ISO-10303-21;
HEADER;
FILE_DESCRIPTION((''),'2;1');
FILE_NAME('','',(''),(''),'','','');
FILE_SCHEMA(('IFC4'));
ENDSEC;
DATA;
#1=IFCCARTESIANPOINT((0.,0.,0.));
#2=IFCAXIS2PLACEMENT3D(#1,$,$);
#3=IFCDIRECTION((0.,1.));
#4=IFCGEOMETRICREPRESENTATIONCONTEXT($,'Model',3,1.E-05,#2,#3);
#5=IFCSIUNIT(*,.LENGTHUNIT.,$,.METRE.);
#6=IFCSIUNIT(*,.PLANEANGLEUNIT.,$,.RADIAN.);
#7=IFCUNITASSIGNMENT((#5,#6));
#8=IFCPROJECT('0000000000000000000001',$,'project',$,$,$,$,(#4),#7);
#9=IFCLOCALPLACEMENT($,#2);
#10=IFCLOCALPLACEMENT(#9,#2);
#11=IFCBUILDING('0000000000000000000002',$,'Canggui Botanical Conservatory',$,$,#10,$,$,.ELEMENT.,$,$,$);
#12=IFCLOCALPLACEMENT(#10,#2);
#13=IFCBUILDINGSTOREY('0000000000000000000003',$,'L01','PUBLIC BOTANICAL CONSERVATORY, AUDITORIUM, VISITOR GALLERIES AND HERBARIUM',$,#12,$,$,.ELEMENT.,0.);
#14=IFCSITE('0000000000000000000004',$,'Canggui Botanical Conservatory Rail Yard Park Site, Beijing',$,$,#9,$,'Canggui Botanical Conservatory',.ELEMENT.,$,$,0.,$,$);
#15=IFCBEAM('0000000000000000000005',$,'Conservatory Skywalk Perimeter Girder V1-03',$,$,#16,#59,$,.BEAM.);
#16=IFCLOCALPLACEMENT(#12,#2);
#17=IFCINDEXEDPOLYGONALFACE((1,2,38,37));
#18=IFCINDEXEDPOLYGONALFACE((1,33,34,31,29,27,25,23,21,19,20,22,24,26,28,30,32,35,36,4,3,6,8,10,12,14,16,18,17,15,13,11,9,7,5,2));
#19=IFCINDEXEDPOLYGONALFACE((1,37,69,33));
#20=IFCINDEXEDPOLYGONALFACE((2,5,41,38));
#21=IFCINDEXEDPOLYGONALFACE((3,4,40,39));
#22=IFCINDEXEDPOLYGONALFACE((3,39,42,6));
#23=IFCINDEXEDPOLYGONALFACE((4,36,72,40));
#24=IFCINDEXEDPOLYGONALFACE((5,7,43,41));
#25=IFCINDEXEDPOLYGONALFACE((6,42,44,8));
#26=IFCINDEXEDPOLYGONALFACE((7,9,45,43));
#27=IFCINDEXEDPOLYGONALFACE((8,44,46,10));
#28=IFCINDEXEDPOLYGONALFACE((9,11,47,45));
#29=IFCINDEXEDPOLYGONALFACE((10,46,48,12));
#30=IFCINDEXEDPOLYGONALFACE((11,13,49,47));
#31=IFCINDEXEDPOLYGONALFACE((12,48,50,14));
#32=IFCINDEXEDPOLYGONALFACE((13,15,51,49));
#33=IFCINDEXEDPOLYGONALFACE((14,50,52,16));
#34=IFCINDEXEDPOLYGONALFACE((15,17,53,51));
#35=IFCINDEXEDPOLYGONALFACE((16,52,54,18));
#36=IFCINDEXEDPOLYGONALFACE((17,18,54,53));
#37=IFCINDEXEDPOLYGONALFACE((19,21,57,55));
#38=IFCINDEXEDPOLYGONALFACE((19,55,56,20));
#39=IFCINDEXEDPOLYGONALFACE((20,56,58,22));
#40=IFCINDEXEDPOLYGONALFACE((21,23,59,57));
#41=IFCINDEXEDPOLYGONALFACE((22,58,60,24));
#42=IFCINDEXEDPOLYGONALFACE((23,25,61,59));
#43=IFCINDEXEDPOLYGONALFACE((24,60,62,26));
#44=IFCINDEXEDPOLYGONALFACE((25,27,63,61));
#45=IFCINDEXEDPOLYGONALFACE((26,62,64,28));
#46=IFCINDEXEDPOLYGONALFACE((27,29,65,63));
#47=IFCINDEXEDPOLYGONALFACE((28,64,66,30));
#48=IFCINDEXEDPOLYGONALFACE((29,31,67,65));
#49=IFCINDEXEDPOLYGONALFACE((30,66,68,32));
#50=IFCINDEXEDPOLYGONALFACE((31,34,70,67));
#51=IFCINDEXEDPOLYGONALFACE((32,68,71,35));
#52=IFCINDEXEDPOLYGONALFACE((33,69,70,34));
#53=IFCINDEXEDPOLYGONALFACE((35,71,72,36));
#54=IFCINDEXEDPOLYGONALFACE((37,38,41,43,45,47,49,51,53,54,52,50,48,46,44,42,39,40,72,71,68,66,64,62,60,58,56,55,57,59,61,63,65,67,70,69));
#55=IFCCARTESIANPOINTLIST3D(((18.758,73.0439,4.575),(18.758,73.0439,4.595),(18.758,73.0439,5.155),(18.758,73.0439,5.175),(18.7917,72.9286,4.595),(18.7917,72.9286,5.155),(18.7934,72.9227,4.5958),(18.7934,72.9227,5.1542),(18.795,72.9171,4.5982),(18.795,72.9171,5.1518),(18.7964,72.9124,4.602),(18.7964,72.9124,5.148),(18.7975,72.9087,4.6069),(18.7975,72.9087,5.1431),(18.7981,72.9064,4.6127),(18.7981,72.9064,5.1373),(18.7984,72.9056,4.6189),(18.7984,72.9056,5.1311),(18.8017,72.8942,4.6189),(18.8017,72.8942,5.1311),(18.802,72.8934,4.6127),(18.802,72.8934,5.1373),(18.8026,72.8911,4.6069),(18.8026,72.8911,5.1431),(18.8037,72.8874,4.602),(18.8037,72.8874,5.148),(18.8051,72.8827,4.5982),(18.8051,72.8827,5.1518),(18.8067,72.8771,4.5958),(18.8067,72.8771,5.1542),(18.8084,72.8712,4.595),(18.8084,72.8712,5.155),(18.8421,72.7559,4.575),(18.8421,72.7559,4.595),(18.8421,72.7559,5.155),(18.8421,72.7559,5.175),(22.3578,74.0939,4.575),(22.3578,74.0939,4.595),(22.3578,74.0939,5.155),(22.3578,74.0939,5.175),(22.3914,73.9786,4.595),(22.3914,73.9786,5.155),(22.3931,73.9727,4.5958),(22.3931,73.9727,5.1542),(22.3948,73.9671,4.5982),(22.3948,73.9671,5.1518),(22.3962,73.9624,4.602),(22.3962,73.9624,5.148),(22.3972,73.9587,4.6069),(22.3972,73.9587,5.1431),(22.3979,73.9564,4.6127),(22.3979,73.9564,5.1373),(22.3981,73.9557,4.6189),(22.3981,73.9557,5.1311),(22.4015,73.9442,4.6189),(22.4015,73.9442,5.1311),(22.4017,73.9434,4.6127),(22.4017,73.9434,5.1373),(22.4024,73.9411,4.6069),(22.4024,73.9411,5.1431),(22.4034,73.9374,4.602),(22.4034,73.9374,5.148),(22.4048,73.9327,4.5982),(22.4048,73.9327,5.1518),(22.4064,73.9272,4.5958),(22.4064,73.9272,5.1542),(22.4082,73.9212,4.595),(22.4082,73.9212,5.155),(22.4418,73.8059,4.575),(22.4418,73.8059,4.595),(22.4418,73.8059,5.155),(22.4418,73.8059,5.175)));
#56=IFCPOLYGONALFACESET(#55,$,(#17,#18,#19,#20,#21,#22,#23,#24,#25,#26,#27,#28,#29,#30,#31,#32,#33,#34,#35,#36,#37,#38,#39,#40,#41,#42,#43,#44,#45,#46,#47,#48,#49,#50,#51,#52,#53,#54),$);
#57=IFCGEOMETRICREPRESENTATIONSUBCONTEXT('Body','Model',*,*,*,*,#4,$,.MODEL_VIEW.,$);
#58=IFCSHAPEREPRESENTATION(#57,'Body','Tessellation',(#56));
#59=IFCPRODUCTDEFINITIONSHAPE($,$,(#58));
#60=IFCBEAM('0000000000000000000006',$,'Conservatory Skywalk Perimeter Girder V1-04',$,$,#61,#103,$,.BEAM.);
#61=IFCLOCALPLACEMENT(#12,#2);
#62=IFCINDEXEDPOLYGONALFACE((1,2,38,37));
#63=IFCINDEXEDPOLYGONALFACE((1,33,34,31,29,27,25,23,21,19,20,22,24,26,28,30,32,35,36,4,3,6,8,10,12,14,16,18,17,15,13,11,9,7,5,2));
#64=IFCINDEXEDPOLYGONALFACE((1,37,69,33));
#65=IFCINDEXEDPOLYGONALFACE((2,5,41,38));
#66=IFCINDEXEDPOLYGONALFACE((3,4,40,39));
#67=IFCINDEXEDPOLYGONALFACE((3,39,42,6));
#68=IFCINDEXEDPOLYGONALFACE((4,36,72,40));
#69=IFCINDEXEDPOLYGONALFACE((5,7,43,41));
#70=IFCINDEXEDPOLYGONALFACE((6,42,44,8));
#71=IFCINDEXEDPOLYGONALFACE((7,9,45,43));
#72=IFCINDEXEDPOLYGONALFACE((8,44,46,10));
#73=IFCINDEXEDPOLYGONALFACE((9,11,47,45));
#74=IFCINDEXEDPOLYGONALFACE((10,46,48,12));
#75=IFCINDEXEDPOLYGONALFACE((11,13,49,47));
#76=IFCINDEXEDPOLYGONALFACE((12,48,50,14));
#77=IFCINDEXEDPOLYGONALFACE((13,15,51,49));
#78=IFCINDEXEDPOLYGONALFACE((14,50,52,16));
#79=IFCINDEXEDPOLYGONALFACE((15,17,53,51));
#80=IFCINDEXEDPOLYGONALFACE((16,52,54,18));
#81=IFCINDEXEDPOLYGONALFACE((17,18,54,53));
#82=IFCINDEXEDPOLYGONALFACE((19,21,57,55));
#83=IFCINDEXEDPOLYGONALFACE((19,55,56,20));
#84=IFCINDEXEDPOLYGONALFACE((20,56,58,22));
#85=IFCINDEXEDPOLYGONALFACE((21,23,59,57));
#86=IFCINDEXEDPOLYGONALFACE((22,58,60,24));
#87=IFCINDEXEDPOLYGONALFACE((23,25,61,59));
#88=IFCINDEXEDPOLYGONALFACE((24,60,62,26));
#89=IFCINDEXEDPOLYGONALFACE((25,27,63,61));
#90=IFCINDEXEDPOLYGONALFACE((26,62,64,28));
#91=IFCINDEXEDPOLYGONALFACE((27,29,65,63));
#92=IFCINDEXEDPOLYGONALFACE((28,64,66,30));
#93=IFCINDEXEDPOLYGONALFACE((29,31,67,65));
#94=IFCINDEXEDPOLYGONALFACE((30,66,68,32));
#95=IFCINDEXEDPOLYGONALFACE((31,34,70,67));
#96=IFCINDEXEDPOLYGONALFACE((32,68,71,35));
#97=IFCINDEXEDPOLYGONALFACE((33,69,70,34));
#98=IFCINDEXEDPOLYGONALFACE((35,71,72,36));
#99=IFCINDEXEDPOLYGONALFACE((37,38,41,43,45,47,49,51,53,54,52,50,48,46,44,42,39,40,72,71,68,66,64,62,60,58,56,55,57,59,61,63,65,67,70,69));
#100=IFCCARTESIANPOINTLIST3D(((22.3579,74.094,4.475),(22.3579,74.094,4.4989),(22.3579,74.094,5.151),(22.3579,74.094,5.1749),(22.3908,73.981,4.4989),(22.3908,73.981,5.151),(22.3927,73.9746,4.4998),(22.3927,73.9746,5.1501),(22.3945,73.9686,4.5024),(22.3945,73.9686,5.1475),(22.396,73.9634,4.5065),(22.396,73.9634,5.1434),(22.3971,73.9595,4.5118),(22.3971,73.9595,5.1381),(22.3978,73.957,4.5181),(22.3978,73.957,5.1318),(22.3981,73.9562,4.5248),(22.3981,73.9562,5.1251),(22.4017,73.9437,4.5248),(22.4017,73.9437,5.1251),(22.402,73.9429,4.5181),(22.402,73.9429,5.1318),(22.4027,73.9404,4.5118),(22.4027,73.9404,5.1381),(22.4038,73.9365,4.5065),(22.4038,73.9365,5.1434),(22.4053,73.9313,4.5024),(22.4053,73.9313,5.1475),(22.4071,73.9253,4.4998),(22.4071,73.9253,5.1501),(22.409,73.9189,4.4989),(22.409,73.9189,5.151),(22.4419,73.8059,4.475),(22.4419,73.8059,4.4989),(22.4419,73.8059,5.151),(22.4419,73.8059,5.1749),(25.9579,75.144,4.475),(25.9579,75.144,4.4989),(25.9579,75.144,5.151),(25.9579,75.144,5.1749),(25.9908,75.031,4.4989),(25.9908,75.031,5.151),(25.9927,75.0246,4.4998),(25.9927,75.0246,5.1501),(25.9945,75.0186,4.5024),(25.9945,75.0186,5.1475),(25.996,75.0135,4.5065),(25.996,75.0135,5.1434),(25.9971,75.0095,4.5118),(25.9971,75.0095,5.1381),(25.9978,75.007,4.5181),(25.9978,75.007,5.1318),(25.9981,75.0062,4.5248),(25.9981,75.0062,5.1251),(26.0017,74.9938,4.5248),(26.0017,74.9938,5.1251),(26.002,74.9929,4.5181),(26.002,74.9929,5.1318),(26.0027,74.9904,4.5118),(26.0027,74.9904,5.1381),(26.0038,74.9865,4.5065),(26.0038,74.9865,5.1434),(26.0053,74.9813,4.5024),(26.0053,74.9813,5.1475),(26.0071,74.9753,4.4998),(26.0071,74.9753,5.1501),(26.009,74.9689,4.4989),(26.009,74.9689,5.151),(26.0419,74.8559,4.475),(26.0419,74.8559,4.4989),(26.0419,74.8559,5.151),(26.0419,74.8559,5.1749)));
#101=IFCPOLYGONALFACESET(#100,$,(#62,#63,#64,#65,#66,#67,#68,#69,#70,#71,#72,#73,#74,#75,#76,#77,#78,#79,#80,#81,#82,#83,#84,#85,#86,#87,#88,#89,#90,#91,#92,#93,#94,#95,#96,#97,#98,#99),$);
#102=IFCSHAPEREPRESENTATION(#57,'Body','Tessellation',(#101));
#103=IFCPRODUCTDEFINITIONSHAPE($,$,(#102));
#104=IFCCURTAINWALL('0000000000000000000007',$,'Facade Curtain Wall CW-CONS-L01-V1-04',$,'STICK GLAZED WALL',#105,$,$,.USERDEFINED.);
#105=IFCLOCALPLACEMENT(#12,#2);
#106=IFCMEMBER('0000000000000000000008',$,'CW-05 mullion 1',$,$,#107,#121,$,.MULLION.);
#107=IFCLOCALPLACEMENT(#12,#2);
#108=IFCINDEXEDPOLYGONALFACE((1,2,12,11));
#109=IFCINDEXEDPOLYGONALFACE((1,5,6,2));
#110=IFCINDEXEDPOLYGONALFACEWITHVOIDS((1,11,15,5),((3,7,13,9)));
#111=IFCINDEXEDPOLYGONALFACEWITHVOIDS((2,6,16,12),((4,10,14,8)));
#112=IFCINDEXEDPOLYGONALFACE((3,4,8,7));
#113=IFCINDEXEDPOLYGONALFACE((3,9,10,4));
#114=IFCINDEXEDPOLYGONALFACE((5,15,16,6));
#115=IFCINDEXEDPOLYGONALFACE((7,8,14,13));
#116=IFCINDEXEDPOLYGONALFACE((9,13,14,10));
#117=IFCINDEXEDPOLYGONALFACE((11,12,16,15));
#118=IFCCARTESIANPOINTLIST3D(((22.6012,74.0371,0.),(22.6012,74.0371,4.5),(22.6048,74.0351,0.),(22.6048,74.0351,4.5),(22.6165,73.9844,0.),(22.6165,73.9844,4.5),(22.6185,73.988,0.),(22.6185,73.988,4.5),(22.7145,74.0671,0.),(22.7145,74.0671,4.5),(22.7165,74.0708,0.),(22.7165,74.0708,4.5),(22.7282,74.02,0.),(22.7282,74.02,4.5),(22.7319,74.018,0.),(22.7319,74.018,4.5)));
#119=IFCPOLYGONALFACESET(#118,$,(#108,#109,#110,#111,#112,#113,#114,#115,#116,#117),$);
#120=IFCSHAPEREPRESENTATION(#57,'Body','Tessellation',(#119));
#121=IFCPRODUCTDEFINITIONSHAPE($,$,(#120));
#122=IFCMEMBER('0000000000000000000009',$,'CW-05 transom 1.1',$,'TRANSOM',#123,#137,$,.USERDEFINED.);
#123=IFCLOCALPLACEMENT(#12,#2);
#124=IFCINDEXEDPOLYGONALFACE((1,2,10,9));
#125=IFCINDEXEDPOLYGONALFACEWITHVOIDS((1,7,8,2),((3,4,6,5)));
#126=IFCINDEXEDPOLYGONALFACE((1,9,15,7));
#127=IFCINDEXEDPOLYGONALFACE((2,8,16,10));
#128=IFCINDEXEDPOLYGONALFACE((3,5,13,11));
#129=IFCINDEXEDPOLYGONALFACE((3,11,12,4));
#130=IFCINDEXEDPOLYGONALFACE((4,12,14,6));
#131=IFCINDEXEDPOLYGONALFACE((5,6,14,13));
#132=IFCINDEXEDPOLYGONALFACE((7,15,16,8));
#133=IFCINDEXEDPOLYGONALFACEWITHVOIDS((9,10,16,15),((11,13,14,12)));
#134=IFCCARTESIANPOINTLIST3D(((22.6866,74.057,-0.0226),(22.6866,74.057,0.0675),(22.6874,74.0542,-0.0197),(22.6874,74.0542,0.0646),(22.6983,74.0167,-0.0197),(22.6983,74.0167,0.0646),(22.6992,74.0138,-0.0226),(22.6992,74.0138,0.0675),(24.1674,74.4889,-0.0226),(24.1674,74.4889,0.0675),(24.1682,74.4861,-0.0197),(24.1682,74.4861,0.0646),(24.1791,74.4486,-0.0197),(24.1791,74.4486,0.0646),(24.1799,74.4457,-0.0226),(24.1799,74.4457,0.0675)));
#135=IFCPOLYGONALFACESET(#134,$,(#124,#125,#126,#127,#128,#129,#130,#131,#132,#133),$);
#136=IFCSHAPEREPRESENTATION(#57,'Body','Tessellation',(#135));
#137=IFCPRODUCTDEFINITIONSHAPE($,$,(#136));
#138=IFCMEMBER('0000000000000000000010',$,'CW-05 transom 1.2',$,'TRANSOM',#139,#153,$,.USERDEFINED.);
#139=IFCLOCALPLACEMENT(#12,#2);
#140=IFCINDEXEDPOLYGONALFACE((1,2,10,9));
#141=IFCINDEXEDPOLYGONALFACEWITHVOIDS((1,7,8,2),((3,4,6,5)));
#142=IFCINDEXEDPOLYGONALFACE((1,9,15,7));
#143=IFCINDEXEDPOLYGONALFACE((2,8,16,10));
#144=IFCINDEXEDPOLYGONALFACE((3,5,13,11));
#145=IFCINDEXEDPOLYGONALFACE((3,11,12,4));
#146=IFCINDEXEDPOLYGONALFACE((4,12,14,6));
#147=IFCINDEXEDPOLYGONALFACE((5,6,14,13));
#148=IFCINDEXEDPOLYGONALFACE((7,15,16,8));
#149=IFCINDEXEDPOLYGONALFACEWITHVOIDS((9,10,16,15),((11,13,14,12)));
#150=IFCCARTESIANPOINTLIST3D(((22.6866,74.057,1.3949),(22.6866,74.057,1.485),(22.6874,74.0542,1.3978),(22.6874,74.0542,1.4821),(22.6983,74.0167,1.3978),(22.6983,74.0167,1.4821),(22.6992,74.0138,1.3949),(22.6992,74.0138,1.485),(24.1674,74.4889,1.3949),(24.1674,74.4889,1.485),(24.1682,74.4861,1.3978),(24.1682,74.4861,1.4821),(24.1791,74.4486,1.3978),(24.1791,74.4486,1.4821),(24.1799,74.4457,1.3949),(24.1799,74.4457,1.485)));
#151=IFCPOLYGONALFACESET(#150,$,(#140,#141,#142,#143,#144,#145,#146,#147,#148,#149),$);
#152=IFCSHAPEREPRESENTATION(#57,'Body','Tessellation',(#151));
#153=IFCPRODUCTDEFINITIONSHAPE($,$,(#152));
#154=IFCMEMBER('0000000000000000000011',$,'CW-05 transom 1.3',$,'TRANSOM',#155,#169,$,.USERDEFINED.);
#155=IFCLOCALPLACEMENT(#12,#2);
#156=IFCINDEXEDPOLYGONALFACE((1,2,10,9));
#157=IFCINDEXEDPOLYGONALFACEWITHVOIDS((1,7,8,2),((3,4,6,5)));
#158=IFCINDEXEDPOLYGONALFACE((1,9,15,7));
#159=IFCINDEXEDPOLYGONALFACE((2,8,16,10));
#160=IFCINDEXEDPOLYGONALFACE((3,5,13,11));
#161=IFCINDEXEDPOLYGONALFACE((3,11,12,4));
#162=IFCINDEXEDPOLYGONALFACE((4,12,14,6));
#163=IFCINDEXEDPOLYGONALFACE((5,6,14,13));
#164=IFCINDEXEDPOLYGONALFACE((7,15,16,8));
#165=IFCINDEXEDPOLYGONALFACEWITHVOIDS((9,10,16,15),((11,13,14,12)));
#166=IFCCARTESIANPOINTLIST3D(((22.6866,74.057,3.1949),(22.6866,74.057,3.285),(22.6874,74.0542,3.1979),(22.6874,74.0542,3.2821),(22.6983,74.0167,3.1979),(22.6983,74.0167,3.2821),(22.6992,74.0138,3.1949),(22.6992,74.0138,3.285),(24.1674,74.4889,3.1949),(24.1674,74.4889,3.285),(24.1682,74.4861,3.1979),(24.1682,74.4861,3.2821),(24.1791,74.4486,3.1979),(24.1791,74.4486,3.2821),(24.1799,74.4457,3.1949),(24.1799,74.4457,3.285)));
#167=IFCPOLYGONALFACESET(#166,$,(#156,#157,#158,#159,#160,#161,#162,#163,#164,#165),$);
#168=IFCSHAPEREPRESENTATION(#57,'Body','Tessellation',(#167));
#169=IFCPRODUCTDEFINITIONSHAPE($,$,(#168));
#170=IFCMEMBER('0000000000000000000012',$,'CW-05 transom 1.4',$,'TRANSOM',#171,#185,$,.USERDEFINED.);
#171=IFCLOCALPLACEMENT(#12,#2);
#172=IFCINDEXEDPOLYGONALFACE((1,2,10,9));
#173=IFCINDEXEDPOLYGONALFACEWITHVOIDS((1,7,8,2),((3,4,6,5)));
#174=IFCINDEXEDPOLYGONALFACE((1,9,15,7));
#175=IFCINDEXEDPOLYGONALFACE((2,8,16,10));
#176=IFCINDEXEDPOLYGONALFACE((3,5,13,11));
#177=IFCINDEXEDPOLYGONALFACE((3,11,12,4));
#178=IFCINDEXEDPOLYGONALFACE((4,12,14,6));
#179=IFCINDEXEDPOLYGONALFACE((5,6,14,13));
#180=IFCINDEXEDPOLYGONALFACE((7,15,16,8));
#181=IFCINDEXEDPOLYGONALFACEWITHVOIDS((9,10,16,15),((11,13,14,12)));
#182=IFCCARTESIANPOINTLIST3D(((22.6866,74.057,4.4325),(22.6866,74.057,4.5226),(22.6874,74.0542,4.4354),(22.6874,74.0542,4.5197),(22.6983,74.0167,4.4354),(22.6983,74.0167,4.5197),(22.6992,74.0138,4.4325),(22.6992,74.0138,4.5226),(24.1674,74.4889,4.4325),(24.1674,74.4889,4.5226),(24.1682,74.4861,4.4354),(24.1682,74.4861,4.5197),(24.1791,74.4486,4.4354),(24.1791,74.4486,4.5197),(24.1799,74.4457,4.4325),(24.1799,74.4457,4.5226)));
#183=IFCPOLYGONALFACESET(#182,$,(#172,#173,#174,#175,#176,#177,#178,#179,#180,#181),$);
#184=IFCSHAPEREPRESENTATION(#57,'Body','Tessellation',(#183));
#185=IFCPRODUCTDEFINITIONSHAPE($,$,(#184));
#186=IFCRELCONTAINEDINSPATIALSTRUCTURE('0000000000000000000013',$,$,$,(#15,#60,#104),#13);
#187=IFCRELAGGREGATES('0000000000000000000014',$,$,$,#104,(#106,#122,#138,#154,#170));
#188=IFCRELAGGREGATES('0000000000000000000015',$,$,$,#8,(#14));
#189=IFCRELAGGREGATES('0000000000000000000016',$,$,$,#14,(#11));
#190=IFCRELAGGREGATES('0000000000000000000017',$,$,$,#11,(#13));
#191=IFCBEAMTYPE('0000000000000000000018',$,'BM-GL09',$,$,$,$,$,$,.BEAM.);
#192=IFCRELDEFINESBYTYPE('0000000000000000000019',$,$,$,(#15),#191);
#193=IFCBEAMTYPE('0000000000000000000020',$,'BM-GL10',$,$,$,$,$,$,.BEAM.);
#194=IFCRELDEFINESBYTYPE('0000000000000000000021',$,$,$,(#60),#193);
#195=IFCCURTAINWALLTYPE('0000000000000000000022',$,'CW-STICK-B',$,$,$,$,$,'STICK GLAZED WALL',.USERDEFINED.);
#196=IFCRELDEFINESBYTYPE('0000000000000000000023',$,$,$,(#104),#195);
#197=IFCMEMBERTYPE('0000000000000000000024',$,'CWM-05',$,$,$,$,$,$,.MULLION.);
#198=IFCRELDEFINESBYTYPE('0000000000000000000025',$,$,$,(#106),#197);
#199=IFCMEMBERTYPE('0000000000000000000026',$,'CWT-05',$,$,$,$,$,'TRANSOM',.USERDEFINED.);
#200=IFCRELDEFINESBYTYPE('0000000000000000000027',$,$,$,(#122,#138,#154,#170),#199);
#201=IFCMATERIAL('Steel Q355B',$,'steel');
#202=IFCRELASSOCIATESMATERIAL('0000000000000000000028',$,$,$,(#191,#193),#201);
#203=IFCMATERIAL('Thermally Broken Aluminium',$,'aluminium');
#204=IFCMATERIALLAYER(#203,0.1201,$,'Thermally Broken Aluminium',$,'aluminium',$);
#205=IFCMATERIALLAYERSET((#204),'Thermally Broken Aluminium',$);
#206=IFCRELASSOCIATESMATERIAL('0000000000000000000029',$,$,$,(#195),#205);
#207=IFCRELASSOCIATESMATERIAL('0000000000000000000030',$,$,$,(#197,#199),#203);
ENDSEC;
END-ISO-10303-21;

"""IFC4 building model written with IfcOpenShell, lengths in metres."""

from ifc_helpers import new_model, si_unit, direction, frame, origin, origin_2d, place, context, subcontext, project, spatial, hollow_rectangle, i_section, extrude, material, layer, layer_set, material_profile, profile_set, type_object, element, aggregate, save


model = new_model("IFC4")

# Units and contexts
model_context = context("Model", 3, precision=1e-05, world=origin(), true_north=direction((0.0, 1.0)))
body_context = subcontext(model_context, "Body", "Model", "MODEL_VIEW")
ifc_project = project(units=[si_unit("LENGTHUNIT", "METRE"), si_unit("PLANEANGLEUNIT", "RADIAN")], contexts=[model_context])

# Site, building, storey
site_placement = place(None, origin())
site = spatial("IfcSite", under=ifc_project, at=site_placement, Name="Canggui Botanical Conservatory Rail Yard Park Site, Beijing", LongName="Canggui Botanical Conservatory", CompositionType="ELEMENT", RefElevation=0.0)
building_placement = place(site_placement, origin())
building = spatial("IfcBuilding", under=site, at=building_placement, Name="Canggui Botanical Conservatory", CompositionType="ELEMENT")
storey_placement = place(building_placement, origin())
storey = spatial("IfcBuildingStorey", under=building, at=storey_placement, Name="L01", Description="PUBLIC BOTANICAL CONSERVATORY, AUDITORIUM, VISITOR GALLERIES AND HERBARIUM", CompositionType="ELEMENT", Elevation=0.0)

# Beams
ifc_material_1 = material(Name="Steel Q355B", Category="steel")
ifc_material_profile_1 = material_profile(ifc_material_1, i_section(OverallWidth=0.3, OverallDepth=0.6001, WebThickness=0.012, FlangeThickness=0.02, FilletRadius=0.0239, at=origin_2d()), Name="HM 600x300x12x20")
ifc_profile_set_1 = profile_set([ifc_material_profile_1], Name="Steel Q355B")
beam_type_1 = type_object("IfcBeamType", Name="BM-GL09", PredefinedType="BEAM", material=ifc_profile_set_1)
beam_1_placement = place(storey_placement, frame((18.8, 72.8999, 4.875), z_axis=(0.959993, 0.280023, 0.0), x_axis=(-0.280023, 0.959993, 0.0)))
element("IfcBeam", 1, at=beam_1_placement, inside=storey, type_object=beam_type_1, Name="Conservatory Skywalk Perimeter Girder V1-03", PredefinedType="BEAM", context=body_context, shape_type="SweptSolid", body=[
    extrude(i_section(OverallWidth=0.3, OverallDepth=0.6001, WebThickness=0.012, FlangeThickness=0.02, FilletRadius=0.0239, at=origin_2d()), origin(), (0.0, 0.0, 1.0), 3.7498),
])
ifc_material_profile_2 = material_profile(ifc_material_1, i_section(OverallWidth=0.3, OverallDepth=0.7, WebThickness=0.0129, FlangeThickness=0.0239, FilletRadius=0.0259, at=origin_2d()), Name="HN 700x300x13x24")
ifc_profile_set_2 = profile_set([ifc_material_profile_2], Name="Steel Q355B")
beam_type_2 = type_object("IfcBeamType", Name="BM-GL10", PredefinedType="BEAM", material=ifc_profile_set_2)
beam_2_placement = place(storey_placement, frame((22.3999, 73.95, 4.825), z_axis=(0.959999, 0.280005, 0.0), x_axis=(-0.280005, 0.959999, 0.0)))
element("IfcBeam", 2, at=beam_2_placement, inside=storey, type_object=beam_type_2, Name="Conservatory Skywalk Perimeter Girder V1-04", PredefinedType="BEAM", context=body_context, shape_type="SweptSolid", body=[
    extrude(i_section(OverallWidth=0.3, OverallDepth=0.7, WebThickness=0.0129, FlangeThickness=0.0239, FilletRadius=0.0259, at=origin_2d()), origin(), (0.0, 0.0, 1.0), 3.75),
])

# Curtain wall, members
ifc_material_2 = material(Name="Thermally Broken Aluminium", Category="aluminium")
ifc_layer_1 = layer(ifc_material_2, 0.1201, Name="Thermally Broken Aluminium", Category="aluminium")
ifc_layer_set_1 = layer_set([ifc_layer_1], Name="Thermally Broken Aluminium")
curtain_wall_type = type_object("IfcCurtainWallType", Name="CW-STICK-B", ElementType="STICK GLAZED WALL", PredefinedType="USERDEFINED", material=ifc_layer_set_1)
curtain_wall_placement = place(storey_placement, origin())
curtain_wall = element("IfcCurtainWall", 3, at=curtain_wall_placement, inside=storey, type_object=curtain_wall_type, Name="Facade Curtain Wall CW-CONS-L01-V1-04", ObjectType="STICK GLAZED WALL", PredefinedType="USERDEFINED")
ifc_material_profile_3 = material_profile(ifc_material_2, hollow_rectangle(XDim=0.0549, YDim=0.1201, WallThickness=0.0029, at=origin_2d()), Name="CWM 55x120x3")
ifc_profile_set_3 = profile_set([ifc_material_profile_3], Name="Thermally Broken Aluminium")
member_type_1 = type_object("IfcMemberType", Name="CWM-05", PredefinedType="MULLION", material=ifc_profile_set_3)
member_1_placement = place(storey_placement, frame((22.6665, 74.0276, 0.0), z_axis=(0.0, 0.0, 1.0), x_axis=(-0.28, 0.96, 0.0)))
member_1 = element("IfcMember", 4, at=member_1_placement, type_object=member_type_1, Name="CW-05 mullion 1", PredefinedType="MULLION", context=body_context, shape_type="SweptSolid", body=[
    extrude(hollow_rectangle(XDim=0.0549, YDim=0.1201, WallThickness=0.0029, at=origin_2d()), origin(), (0.0, 0.0, 1.0), 4.5),
])
ifc_material_profile_4 = material_profile(ifc_material_2, hollow_rectangle(XDim=0.0449, YDim=0.0901, WallThickness=0.0029, at=origin_2d()), Name="CWT 45x90x3")
ifc_profile_set_4 = profile_set([ifc_material_profile_4], Name="Thermally Broken Aluminium")
member_type_2 = type_object("IfcMemberType", Name="CWT-05", ElementType="TRANSOM", PredefinedType="USERDEFINED", material=ifc_profile_set_4)
member_2_placement = place(storey_placement, frame((22.6929, 74.0354, 0.0225), z_axis=(0.959998, 0.280006, 0.0), x_axis=(-0.280006, 0.959998, 0.0)))
member_2 = element("IfcMember", 5, at=member_2_placement, type_object=member_type_2, Name="CW-05 transom 1.1", ObjectType="TRANSOM", PredefinedType="USERDEFINED", context=body_context, shape_type="SweptSolid", body=[
    extrude(hollow_rectangle(XDim=0.0449, YDim=0.0901, WallThickness=0.0029, at=origin_2d()), origin(), (0.0, 0.0, 1.0), 1.5425),
])
member_3_placement = place(storey_placement, frame((22.6929, 74.0354, 1.4399), z_axis=(0.959998, 0.280006, 0.0), x_axis=(-0.280006, 0.959998, 0.0)))
member_3 = element("IfcMember", 6, at=member_3_placement, type_object=member_type_2, Name="CW-05 transom 1.2", ObjectType="TRANSOM", PredefinedType="USERDEFINED", context=body_context, shape_type="SweptSolid", body=[
    extrude(hollow_rectangle(XDim=0.0449, YDim=0.0901, WallThickness=0.0029, at=origin_2d()), origin(), (0.0, 0.0, 1.0), 1.5425),
])
member_4_placement = place(storey_placement, frame((22.6929, 74.0354, 3.24), z_axis=(0.959998, 0.280006, 0.0), x_axis=(-0.280006, 0.959998, 0.0)))
member_4 = element("IfcMember", 7, at=member_4_placement, type_object=member_type_2, Name="CW-05 transom 1.3", ObjectType="TRANSOM", PredefinedType="USERDEFINED", context=body_context, shape_type="SweptSolid", body=[
    extrude(hollow_rectangle(XDim=0.0449, YDim=0.0901, WallThickness=0.0029, at=origin_2d()), origin(), (0.0, 0.0, 1.0), 1.5425),
])
member_5_placement = place(storey_placement, frame((22.6929, 74.0354, 4.4775), z_axis=(0.959998, 0.280006, 0.0), x_axis=(-0.280006, 0.959998, 0.0)))
member_5 = element("IfcMember", 8, at=member_5_placement, type_object=member_type_2, Name="CW-05 transom 1.4", ObjectType="TRANSOM", PredefinedType="USERDEFINED", context=body_context, shape_type="SweptSolid", body=[
    extrude(hollow_rectangle(XDim=0.0449, YDim=0.0901, WallThickness=0.0029, at=origin_2d()), origin(), (0.0, 0.0, 1.0), 1.5425),
])
aggregate(curtain_wall, [member_1, member_2, member_3, member_4, member_5])

save(model, "model.ifc")
